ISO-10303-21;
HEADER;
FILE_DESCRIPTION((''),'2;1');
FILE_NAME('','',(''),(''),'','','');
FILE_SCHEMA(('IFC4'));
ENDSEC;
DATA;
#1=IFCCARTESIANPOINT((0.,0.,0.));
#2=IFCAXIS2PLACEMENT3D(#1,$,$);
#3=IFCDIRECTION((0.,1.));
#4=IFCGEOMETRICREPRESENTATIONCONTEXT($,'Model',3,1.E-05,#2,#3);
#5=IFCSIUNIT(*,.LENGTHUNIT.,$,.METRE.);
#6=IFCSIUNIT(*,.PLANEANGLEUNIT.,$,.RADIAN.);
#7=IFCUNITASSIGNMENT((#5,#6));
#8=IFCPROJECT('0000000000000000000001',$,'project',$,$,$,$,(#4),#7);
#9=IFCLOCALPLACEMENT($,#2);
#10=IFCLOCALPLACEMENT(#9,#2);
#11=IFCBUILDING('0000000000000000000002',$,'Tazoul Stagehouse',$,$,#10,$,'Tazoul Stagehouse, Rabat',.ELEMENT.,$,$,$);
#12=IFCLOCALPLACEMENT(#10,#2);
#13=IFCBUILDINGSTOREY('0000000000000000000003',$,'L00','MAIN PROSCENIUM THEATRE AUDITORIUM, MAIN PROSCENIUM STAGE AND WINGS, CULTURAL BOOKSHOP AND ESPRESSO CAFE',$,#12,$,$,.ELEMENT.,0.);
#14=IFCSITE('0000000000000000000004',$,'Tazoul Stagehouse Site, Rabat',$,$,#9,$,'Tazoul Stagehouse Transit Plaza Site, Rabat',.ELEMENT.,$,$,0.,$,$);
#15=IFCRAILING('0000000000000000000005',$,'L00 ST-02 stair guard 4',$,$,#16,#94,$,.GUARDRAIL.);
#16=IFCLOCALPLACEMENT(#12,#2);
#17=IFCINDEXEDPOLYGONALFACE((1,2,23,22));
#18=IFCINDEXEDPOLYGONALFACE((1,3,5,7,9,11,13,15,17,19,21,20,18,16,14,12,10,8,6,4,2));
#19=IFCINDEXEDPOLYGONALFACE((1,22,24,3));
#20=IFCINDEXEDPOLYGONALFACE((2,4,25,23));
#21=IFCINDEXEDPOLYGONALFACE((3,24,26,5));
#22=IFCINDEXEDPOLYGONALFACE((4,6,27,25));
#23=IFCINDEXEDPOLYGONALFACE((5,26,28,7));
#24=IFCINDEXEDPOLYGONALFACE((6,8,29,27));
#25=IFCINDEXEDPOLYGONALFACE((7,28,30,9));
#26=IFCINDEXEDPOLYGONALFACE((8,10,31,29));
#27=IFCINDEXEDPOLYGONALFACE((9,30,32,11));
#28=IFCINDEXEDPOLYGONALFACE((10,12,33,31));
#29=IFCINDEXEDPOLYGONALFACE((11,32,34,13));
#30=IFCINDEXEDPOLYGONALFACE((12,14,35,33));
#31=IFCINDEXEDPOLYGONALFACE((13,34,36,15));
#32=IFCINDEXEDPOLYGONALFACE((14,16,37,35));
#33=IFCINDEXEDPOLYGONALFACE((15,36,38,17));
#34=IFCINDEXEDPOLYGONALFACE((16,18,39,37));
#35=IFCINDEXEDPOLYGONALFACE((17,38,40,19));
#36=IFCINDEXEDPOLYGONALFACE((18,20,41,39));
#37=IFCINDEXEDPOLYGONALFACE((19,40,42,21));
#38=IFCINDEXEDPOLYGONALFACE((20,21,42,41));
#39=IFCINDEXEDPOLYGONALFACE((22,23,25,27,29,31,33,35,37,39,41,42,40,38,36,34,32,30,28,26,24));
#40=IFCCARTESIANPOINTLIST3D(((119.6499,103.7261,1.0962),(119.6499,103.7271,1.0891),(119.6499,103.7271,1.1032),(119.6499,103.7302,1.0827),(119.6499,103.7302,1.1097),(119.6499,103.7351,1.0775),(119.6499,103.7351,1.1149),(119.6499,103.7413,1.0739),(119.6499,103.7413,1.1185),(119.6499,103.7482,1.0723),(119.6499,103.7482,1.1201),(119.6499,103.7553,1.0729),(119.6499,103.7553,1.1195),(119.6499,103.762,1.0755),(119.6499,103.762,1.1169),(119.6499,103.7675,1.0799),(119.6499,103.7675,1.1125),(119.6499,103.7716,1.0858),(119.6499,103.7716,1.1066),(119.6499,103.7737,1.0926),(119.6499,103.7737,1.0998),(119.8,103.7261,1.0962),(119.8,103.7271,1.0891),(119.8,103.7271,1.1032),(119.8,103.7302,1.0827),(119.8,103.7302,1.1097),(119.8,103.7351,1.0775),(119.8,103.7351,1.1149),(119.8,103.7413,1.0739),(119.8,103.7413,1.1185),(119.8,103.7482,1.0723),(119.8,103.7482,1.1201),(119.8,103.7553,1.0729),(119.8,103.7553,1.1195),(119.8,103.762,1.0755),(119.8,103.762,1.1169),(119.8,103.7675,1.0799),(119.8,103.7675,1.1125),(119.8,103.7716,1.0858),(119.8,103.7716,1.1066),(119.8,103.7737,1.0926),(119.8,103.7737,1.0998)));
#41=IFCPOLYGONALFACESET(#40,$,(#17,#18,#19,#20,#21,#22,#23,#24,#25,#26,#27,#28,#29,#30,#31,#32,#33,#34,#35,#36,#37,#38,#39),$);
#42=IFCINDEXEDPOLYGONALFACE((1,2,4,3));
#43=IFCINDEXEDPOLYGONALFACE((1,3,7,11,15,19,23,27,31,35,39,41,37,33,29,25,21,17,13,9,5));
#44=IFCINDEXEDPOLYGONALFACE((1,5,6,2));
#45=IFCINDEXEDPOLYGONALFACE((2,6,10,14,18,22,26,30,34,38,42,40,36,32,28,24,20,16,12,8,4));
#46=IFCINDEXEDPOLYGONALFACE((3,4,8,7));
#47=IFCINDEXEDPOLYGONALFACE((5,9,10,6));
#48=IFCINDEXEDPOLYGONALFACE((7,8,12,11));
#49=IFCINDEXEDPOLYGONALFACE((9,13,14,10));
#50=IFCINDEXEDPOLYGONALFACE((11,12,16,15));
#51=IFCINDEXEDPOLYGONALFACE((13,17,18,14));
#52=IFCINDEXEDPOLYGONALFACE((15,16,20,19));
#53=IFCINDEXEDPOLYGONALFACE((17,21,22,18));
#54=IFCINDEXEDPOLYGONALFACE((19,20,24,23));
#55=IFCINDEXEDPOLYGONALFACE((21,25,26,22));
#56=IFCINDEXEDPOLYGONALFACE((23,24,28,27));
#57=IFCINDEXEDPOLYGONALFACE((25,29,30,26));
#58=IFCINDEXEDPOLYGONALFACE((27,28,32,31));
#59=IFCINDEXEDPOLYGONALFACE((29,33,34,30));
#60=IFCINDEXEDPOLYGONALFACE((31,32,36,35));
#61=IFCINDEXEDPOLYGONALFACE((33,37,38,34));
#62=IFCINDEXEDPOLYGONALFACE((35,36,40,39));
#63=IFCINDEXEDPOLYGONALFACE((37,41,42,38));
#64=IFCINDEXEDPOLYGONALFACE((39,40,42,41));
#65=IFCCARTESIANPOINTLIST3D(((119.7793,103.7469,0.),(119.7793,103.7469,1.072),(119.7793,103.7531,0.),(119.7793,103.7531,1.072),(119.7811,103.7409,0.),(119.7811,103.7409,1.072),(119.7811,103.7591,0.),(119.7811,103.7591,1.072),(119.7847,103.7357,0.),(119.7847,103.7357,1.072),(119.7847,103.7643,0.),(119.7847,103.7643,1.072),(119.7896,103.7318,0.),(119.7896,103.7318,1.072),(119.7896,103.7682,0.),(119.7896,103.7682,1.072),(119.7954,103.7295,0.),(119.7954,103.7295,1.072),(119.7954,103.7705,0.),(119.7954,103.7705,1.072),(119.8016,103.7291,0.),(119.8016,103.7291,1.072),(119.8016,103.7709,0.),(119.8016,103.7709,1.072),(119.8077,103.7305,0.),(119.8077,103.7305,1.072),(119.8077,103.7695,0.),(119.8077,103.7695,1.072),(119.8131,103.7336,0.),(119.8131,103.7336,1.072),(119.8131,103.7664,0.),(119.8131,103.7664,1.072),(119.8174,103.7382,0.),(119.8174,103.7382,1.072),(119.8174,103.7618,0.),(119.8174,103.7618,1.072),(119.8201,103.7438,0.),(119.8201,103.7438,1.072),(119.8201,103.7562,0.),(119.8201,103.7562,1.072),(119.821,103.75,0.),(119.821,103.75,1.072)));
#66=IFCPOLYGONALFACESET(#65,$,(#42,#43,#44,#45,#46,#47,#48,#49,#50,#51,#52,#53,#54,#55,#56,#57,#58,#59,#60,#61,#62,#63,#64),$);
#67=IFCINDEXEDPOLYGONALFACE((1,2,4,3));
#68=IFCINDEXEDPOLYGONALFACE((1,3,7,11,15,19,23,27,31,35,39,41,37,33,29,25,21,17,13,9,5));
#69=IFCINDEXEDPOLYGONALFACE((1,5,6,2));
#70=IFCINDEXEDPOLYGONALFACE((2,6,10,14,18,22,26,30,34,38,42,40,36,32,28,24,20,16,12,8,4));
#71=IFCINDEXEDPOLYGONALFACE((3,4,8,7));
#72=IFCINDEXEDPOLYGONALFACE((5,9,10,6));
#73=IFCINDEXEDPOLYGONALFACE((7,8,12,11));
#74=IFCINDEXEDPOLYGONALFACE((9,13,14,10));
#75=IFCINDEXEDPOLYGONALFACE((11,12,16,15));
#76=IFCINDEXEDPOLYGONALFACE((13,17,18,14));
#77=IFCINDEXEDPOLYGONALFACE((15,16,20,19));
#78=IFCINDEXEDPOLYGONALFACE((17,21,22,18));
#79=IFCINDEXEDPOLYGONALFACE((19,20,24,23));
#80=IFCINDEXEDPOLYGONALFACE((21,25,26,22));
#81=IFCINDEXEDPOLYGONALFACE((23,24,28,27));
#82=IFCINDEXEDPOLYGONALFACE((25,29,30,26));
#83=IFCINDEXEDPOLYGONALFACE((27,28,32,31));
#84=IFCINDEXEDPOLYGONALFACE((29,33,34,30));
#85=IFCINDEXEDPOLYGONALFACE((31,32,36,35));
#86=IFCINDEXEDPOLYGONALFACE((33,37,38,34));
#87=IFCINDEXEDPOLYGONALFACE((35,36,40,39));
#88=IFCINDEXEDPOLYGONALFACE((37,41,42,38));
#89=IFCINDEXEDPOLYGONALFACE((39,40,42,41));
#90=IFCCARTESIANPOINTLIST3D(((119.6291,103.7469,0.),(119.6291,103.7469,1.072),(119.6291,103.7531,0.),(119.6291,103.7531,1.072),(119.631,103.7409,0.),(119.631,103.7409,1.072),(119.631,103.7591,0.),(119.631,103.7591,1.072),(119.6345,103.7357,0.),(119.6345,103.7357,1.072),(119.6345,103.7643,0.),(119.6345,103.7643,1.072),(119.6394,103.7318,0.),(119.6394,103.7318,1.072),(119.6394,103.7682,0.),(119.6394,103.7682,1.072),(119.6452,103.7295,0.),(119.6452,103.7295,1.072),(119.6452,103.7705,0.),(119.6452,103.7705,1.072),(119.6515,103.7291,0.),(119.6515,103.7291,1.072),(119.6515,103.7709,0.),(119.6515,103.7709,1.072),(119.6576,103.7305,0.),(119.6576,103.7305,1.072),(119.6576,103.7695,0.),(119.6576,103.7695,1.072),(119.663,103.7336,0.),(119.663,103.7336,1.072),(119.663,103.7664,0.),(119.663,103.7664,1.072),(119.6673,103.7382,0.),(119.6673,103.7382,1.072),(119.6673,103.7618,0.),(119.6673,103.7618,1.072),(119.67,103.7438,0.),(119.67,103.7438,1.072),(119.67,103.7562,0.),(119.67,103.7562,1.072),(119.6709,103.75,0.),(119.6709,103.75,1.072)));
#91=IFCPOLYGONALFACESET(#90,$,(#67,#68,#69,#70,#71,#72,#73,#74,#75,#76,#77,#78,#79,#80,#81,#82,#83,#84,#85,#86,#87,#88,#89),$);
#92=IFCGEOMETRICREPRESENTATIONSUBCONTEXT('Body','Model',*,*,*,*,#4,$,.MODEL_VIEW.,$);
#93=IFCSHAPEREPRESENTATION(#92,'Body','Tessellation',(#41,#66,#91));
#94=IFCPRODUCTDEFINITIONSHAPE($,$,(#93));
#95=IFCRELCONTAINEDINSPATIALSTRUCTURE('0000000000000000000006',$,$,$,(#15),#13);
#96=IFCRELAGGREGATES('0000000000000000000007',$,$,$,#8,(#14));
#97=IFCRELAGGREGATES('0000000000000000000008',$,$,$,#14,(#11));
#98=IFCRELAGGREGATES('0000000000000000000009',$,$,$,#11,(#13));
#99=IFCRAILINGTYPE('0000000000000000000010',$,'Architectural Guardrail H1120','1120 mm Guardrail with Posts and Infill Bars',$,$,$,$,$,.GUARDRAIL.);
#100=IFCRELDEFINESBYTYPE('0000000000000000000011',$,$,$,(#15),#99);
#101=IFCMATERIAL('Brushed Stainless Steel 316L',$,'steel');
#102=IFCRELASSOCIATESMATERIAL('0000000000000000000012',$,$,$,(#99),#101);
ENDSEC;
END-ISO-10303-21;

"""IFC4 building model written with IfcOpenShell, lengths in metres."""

from ifc_helpers import new_model, si_unit, direction, frame, origin, origin_2d, place, context, subcontext, project, spatial, circle, extrude, material, material_profile, profile_set, type_object, element, save


model = new_model("IFC4")

# Units and contexts
model_context = context("Model", 3, precision=1e-05, world=origin(), true_north=direction((0.0, 1.0)))
body_context = subcontext(model_context, "Body", "Model", "MODEL_VIEW")
ifc_project = project(units=[si_unit("LENGTHUNIT", "METRE"), si_unit("PLANEANGLEUNIT", "RADIAN")], contexts=[model_context])

# Site, building, storey
site_placement = place(None, origin())
site = spatial("IfcSite", under=ifc_project, at=site_placement, Name="Tazoul Stagehouse Site, Rabat", LongName="Tazoul Stagehouse Transit Plaza Site, Rabat", CompositionType="ELEMENT", RefElevation=0.0)
building_placement = place(site_placement, origin())
building = spatial("IfcBuilding", under=site, at=building_placement, Name="Tazoul Stagehouse", LongName="Tazoul Stagehouse, Rabat", CompositionType="ELEMENT")
storey_placement = place(building_placement, origin())
storey = spatial("IfcBuildingStorey", under=building, at=storey_placement, Name="L00", Description="MAIN PROSCENIUM THEATRE AUDITORIUM, MAIN PROSCENIUM STAGE AND WINGS, CULTURAL BOOKSHOP AND ESPRESSO CAFE", CompositionType="ELEMENT", Elevation=0.0)

# Railing
ifc_material_1 = material(Name="Brushed Stainless Steel 316L", Category="steel")
ifc_material_profile_1 = material_profile(ifc_material_1, circle(Radius=0.0239, at=origin_2d()), Name="SS RAIL D48")
ifc_profile_set_1 = profile_set([ifc_material_profile_1], Name="Brushed Stainless Steel 316L")
railing_type_1 = type_object("IfcRailingType", Name="Architectural Guardrail H1120", Description="1120 mm Guardrail with Posts and Infill Bars", PredefinedType="GUARDRAIL", material=ifc_profile_set_1)
railing_1_placement = place(storey_placement, frame((119.8, 103.75, 0.0)))
element("IfcRailing", 1, at=railing_1_placement, inside=storey, type_object=railing_type_1, Name="L00 ST-02 stair guard 4", PredefinedType="GUARDRAIL", context=body_context, shape_type="SweptSolid", body=[
    extrude(circle(Radius=0.0239, at=origin_2d()), frame((0.0, 0.0, 1.0962), z_axis=(-1.0, 0.0, 0.0), x_axis=(0.0, -1.0, 0.0)), (0.0, 0.0, 1.0), 0.1501),
    extrude(circle(Radius=0.021, at=origin_2d()), origin(), (0.0, 0.0, 1.0), 1.072),
    extrude(circle(Radius=0.021, at=origin_2d()), frame((-0.1501, 0.0, 0.0)), (0.0, 0.0, 1.0), 1.072),
])

save(model, "model.ifc")
